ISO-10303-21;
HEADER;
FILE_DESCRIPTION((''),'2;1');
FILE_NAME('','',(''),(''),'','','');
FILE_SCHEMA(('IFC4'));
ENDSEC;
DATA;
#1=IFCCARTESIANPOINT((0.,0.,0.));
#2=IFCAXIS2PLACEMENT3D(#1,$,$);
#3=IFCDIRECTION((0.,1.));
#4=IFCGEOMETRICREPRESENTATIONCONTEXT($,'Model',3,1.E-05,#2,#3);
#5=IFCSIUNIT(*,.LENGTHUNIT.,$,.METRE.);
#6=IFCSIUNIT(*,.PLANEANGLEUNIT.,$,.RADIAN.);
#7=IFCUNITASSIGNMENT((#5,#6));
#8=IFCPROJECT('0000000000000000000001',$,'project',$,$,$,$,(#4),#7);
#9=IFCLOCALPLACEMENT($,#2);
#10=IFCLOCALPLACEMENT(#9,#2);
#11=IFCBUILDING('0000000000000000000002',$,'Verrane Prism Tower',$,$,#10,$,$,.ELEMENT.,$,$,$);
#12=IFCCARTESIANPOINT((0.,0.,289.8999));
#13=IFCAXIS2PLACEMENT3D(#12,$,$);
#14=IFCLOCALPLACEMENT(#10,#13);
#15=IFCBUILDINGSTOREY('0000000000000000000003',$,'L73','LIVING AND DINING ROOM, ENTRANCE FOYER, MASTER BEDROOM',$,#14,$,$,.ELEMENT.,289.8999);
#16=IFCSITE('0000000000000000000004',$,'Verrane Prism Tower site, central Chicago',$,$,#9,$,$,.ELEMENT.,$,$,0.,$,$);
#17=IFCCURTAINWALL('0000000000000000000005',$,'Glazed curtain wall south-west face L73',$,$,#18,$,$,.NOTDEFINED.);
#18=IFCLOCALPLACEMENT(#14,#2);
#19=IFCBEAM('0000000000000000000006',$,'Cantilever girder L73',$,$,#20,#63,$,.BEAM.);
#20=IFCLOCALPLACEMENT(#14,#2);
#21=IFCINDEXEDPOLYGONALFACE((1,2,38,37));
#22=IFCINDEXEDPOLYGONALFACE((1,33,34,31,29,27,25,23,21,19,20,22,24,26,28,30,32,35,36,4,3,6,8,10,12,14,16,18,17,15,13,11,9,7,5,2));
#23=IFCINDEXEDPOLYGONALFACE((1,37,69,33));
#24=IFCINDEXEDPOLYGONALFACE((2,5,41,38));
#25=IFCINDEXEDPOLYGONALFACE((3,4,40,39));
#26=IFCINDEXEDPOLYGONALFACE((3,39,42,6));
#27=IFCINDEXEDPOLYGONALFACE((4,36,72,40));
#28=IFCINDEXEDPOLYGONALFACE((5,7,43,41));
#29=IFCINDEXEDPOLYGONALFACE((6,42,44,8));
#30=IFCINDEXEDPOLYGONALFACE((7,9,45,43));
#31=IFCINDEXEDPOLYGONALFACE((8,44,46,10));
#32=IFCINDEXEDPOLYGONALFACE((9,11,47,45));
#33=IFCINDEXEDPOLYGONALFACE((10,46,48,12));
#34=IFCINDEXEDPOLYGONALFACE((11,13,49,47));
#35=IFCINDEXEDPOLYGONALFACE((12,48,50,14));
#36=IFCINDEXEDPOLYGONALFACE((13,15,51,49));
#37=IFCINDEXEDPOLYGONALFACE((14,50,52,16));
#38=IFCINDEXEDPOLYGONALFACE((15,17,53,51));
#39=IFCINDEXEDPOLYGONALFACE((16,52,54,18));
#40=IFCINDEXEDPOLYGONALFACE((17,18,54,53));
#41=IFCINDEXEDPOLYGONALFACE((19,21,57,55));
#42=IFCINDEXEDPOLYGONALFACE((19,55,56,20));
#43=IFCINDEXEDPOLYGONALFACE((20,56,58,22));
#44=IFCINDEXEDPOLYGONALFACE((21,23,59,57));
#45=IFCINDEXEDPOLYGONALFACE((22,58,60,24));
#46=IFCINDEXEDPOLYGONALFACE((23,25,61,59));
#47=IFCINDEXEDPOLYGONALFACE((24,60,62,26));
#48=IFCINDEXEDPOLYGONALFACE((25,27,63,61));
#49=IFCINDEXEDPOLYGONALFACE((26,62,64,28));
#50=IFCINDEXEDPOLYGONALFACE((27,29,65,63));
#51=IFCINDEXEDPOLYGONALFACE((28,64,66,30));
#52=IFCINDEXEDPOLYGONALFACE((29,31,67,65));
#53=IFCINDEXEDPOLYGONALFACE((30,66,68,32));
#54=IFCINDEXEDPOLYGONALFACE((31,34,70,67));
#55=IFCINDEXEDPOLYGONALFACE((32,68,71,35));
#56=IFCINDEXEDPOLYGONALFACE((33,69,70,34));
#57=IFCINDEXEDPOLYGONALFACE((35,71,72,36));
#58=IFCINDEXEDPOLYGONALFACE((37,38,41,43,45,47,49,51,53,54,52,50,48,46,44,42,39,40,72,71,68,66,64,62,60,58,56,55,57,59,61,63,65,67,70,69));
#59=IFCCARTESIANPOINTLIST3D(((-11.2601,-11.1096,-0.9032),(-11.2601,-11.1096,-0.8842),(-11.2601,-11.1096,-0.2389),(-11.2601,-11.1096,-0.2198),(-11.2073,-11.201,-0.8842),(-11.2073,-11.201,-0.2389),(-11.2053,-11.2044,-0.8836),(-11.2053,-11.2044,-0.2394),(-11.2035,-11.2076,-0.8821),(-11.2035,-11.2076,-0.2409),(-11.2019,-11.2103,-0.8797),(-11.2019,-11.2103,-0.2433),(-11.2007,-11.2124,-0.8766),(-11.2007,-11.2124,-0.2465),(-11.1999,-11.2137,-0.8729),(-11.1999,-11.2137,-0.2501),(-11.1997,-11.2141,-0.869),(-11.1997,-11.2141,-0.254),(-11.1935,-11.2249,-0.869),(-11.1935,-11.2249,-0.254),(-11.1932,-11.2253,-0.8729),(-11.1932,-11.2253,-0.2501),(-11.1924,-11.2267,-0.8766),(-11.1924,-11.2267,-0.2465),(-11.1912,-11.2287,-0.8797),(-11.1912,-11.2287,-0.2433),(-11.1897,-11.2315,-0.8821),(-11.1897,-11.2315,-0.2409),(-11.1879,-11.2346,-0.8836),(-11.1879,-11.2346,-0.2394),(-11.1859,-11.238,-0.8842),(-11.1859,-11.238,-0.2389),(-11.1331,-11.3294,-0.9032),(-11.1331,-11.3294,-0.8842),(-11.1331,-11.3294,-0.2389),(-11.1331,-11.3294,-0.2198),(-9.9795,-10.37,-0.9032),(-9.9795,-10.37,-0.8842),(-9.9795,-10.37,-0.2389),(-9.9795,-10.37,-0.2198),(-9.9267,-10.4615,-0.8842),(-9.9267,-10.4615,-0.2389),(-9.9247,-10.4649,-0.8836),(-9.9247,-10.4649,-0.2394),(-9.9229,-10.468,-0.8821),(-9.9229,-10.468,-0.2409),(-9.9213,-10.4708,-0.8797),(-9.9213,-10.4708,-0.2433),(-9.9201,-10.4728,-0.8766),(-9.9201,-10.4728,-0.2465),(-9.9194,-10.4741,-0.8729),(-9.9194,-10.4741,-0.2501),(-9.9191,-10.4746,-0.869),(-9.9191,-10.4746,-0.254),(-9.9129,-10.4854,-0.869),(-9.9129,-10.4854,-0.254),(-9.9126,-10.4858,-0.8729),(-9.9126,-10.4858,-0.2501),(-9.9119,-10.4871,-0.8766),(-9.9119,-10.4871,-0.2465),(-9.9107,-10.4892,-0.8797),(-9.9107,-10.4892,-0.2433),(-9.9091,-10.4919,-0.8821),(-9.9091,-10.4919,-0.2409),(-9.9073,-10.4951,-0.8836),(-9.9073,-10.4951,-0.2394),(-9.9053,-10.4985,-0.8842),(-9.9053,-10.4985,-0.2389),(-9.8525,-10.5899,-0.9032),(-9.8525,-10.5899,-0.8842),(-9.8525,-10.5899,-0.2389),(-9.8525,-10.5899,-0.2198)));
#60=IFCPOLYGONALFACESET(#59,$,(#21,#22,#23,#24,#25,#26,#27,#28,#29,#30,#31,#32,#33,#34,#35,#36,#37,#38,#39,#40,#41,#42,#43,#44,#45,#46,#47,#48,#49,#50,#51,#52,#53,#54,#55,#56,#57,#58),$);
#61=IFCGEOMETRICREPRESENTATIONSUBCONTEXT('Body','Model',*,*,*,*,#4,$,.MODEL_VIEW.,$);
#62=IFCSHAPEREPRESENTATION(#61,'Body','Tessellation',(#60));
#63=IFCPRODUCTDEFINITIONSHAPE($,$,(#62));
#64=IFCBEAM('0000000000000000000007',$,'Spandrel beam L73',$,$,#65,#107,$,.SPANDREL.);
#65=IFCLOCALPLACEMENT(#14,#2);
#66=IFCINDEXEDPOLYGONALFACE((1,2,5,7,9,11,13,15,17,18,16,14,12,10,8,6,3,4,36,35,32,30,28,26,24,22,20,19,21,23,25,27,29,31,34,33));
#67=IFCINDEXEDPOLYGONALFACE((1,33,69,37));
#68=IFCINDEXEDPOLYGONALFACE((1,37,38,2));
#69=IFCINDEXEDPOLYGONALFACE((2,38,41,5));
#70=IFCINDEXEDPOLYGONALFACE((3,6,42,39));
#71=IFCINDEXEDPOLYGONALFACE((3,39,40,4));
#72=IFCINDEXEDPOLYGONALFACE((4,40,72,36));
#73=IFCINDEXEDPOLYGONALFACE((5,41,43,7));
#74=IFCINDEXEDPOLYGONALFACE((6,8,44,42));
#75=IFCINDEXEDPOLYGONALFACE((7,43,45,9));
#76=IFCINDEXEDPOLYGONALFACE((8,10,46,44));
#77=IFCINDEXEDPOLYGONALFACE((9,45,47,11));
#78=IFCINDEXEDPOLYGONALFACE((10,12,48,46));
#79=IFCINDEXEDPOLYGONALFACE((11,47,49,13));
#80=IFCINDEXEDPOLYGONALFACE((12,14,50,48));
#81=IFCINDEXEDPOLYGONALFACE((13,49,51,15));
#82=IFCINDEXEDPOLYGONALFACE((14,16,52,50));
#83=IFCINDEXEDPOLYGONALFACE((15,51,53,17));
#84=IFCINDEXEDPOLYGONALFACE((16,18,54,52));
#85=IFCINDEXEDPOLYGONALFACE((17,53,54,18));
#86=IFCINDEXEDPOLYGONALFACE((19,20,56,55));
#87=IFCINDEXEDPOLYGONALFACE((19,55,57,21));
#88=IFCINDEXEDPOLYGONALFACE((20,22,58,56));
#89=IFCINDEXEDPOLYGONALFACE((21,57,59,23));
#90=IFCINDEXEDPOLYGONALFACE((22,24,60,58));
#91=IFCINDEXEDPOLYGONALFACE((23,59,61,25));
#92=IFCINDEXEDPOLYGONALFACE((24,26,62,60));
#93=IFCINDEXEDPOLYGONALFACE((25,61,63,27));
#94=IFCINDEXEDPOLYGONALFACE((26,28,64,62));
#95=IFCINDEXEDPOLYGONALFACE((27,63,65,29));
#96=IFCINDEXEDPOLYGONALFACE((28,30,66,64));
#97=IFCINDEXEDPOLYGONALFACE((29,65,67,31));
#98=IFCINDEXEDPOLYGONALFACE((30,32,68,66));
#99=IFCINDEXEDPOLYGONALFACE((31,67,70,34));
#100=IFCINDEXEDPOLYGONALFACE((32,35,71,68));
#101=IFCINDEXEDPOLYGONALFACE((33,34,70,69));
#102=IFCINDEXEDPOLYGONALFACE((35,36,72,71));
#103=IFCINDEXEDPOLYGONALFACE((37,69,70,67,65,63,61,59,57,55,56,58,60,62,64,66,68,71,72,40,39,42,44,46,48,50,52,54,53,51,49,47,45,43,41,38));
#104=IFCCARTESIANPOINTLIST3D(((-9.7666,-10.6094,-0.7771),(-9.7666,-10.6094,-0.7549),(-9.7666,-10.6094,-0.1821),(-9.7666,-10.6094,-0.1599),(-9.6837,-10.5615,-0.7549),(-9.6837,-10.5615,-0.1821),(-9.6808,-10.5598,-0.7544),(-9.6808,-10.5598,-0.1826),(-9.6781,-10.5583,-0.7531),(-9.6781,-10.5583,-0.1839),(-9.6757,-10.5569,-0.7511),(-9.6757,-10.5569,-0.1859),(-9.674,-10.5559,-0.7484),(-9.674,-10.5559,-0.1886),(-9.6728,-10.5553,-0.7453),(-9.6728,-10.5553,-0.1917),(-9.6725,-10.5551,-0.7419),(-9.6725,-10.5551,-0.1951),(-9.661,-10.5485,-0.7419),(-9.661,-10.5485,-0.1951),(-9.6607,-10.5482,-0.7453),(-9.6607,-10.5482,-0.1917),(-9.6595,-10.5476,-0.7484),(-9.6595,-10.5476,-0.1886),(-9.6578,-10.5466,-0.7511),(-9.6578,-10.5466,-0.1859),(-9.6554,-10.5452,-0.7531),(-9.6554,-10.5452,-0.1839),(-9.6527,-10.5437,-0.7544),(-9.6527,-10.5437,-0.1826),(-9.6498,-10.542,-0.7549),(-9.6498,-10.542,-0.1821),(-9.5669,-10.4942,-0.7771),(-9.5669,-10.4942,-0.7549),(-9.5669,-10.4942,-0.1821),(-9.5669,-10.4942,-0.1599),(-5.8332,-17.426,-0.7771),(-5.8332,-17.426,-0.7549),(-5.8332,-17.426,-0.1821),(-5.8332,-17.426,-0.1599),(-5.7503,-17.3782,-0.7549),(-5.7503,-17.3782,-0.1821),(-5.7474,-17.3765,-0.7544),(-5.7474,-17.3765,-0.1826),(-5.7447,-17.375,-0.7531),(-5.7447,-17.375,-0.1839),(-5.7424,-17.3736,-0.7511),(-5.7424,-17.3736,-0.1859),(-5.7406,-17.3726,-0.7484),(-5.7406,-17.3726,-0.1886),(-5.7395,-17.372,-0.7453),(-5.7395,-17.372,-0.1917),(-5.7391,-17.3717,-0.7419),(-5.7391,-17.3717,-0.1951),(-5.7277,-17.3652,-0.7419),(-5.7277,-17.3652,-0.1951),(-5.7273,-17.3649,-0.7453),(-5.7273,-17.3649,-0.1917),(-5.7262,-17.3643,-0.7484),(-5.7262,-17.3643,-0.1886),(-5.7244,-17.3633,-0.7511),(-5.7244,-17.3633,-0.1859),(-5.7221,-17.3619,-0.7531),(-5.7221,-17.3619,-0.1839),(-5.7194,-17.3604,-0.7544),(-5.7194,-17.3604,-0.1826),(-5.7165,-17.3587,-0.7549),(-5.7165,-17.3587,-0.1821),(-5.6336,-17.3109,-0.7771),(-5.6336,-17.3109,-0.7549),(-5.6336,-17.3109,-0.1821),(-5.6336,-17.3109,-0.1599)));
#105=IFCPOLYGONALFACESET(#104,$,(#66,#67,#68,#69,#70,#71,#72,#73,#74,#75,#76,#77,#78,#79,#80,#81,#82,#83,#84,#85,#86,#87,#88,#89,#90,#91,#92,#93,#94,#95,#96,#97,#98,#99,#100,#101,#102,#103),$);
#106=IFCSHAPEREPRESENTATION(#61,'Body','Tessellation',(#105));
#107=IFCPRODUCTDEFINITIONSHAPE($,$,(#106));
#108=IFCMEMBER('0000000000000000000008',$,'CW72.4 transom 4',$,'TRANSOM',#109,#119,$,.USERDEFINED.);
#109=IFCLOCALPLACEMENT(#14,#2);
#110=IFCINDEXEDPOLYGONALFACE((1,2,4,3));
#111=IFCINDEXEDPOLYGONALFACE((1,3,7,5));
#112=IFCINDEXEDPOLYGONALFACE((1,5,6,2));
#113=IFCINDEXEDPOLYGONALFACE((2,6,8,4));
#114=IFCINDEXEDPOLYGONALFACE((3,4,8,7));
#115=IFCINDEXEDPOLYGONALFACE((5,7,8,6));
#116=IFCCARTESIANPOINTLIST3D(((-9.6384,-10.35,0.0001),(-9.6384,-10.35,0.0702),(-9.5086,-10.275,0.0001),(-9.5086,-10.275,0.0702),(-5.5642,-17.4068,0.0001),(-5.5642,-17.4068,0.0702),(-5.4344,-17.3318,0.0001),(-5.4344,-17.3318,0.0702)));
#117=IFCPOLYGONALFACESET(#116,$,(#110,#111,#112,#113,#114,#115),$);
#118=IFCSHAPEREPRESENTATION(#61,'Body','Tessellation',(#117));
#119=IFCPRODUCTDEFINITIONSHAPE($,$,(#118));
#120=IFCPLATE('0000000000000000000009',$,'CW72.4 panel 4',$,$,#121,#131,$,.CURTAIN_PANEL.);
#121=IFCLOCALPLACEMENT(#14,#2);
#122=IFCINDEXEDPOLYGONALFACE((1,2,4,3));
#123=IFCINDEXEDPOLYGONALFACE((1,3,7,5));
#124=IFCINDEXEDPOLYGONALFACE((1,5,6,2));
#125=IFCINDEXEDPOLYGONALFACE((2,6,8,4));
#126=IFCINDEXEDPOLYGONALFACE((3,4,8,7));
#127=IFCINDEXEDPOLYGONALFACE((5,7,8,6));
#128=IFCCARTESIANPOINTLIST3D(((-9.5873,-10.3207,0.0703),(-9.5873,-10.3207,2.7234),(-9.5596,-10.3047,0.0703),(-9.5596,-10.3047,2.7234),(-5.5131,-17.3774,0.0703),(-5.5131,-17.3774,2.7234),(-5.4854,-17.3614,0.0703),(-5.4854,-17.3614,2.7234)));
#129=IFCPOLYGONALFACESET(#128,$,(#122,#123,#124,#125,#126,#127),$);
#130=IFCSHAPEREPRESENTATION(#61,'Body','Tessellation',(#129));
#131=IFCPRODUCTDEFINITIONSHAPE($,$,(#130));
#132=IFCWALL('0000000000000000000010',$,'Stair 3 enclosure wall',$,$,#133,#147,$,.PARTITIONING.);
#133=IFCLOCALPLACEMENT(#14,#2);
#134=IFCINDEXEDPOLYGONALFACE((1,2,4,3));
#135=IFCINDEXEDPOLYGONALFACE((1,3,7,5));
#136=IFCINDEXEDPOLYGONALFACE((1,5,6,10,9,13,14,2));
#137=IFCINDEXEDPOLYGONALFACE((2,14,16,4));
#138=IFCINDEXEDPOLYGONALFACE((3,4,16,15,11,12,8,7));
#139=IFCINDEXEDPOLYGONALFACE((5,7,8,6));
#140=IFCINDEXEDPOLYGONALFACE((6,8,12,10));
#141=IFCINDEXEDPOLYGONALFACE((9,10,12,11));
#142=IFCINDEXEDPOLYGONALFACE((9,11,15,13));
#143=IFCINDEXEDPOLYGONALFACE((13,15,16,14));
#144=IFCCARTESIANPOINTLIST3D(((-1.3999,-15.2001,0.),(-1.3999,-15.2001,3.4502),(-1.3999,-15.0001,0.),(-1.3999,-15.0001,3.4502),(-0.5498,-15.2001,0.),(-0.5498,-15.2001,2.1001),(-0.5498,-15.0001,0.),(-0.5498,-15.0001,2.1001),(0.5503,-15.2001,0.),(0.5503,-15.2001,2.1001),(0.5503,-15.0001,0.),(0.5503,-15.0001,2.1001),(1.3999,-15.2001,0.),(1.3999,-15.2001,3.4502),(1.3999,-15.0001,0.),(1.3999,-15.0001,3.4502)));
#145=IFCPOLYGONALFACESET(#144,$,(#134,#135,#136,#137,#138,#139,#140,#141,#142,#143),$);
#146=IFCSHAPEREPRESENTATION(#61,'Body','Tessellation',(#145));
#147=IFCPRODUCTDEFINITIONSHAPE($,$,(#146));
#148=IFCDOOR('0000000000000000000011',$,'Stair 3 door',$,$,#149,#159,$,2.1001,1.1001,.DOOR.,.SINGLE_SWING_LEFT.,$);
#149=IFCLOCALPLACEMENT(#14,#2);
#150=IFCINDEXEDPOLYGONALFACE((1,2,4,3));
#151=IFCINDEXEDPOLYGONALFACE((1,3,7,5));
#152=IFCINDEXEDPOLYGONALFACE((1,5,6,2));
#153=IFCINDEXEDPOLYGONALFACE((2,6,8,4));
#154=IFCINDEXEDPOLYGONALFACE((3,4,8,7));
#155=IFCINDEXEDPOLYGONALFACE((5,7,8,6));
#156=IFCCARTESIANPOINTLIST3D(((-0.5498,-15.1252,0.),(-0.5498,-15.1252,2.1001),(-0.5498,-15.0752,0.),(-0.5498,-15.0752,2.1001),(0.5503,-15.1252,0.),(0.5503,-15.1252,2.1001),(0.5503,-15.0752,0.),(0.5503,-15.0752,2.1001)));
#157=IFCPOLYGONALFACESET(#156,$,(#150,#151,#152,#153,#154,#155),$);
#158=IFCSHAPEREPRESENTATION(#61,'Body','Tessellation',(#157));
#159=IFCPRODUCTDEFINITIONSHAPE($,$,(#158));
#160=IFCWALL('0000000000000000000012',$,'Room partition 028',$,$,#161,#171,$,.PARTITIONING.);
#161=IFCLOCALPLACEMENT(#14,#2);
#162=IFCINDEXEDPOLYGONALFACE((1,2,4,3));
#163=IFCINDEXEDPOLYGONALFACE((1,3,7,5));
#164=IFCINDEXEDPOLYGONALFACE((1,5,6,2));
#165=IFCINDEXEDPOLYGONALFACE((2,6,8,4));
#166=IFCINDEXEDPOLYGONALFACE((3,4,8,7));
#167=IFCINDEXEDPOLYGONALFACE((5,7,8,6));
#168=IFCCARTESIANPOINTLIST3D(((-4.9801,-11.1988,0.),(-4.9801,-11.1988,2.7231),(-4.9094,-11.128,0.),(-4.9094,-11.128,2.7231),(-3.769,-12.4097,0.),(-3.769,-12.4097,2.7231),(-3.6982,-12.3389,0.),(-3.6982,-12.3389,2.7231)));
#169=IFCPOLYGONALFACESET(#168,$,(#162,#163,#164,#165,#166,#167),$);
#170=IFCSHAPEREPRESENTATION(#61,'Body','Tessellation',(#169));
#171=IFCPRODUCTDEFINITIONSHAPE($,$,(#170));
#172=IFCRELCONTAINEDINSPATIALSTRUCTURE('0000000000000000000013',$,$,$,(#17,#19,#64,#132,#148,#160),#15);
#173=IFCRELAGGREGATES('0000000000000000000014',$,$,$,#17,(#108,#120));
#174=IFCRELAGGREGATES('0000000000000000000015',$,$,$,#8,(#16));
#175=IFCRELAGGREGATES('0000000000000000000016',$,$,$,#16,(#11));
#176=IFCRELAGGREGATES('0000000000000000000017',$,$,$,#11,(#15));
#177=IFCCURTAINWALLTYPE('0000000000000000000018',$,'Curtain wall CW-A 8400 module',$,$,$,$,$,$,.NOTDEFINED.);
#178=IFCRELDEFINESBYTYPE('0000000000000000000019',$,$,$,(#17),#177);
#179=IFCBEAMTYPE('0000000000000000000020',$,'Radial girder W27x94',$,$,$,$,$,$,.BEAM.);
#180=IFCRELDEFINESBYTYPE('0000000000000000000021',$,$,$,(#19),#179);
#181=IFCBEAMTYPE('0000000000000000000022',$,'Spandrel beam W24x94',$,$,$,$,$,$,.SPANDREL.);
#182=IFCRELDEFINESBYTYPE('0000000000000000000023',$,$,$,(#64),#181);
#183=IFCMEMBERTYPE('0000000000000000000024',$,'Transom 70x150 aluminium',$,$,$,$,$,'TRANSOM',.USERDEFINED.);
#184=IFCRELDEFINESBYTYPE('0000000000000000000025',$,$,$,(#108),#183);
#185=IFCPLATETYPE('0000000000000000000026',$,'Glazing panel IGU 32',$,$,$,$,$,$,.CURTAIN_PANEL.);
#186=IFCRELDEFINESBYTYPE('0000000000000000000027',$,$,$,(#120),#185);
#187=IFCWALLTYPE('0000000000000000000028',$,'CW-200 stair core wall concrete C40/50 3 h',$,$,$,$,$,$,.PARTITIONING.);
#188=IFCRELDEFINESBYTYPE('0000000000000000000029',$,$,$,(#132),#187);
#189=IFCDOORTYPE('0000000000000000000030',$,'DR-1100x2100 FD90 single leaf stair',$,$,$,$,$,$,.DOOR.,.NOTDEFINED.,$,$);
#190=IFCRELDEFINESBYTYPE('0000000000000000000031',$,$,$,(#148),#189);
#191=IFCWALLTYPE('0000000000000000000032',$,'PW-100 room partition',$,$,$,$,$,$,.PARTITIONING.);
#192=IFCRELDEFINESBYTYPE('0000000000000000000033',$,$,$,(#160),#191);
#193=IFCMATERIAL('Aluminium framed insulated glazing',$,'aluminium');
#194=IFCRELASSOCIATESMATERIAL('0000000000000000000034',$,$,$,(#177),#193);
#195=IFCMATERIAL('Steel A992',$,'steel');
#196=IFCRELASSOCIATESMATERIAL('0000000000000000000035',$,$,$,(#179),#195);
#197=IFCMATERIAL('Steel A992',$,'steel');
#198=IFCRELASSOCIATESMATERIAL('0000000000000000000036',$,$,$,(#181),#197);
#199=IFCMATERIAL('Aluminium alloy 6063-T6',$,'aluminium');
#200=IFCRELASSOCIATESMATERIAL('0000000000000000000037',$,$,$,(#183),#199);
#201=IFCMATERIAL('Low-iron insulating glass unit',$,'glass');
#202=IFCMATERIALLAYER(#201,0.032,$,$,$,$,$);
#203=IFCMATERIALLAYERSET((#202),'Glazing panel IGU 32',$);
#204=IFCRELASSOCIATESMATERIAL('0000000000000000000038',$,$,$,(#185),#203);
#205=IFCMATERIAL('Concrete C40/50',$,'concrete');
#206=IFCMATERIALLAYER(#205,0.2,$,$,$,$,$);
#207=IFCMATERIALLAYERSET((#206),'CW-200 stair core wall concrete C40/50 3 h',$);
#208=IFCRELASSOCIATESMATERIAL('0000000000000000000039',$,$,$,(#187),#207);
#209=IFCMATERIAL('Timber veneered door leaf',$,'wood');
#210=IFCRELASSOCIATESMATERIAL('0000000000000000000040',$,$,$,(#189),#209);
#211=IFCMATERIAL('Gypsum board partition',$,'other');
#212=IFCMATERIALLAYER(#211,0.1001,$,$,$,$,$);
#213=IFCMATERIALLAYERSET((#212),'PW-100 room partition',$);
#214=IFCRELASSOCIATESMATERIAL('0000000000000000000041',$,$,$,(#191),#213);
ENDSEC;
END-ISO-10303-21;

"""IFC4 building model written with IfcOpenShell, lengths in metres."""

from ifc_helpers import new_model, si_unit, direction, frame, frame_2d, origin, origin_2d, place, context, subcontext, project, spatial, rectangle, i_section, extrude, material, layer, layer_set, material_profile, profile_set, type_object, element, fill, aggregate, save


model = new_model("IFC4")

# Units and contexts
model_context = context("Model", 3, precision=1e-05, world=origin(), true_north=direction((0.0, 1.0)))
body_context = subcontext(model_context, "Body", "Model", "MODEL_VIEW")
ifc_project = project(units=[si_unit("LENGTHUNIT", "METRE"), si_unit("PLANEANGLEUNIT", "RADIAN")], contexts=[model_context])

# Site, building, storey
site_placement = place(None, origin())
site = spatial("IfcSite", under=ifc_project, at=site_placement, Name="Verrane Prism Tower site, central Chicago", CompositionType="ELEMENT", RefElevation=0.0)
building_placement = place(site_placement, origin())
building = spatial("IfcBuilding", under=site, at=building_placement, Name="Verrane Prism Tower", CompositionType="ELEMENT")
storey_placement = place(building_placement, frame((0.0, 0.0, 289.8999)))
storey = spatial("IfcBuildingStorey", under=building, at=storey_placement, Name="L73", Description="LIVING AND DINING ROOM, ENTRANCE FOYER, MASTER BEDROOM", CompositionType="ELEMENT", Elevation=289.8999)

# Curtain wall
ifc_material_1 = material(Name="Aluminium framed insulated glazing", Category="aluminium")
curtain_wall_type = type_object("IfcCurtainWallType", Name="Curtain wall CW-A 8400 module", PredefinedType="NOTDEFINED", material=ifc_material_1)
curtain_wall_placement = place(storey_placement, origin())
curtain_wall = element("IfcCurtainWall", 1, at=curtain_wall_placement, inside=storey, type_object=curtain_wall_type, Name="Glazed curtain wall south-west face L73", PredefinedType="NOTDEFINED")

# Beams
ifc_material_2 = material(Name="Steel A992", Category="steel")
ifc_material_profile_1 = material_profile(ifc_material_2, i_section(OverallWidth=0.2539, OverallDepth=0.6833, WebThickness=0.0125, FlangeThickness=0.019, FilletRadius=0.0151, at=origin_2d()), Name="W27x94")
ifc_profile_set_1 = profile_set([ifc_material_profile_1], Name="Steel A992")
beam_type_1 = type_object("IfcBeamType", Name="Radial girder W27x94", PredefinedType="BEAM", material=ifc_profile_set_1)
beam_1_placement = place(storey_placement, frame((-9.916, -10.48, -0.5615), z_axis=(-0.865968, -0.500099, 0.0), x_axis=(0.500099, -0.865968, 0.0)))
element("IfcBeam", 2, at=beam_1_placement, inside=storey, type_object=beam_type_1, Name="Cantilever girder L73", PredefinedType="BEAM", context=body_context, shape_type="SweptSolid", body=[
    extrude(i_section(OverallWidth=0.2539, OverallDepth=0.6833, WebThickness=0.0125, FlangeThickness=0.019, FilletRadius=0.0151, at=origin_2d()), origin(), (0.0, 0.0, 1.0), 1.4788),
])
ifc_material_3 = material(Name="Steel A992", Category="steel")
ifc_material_profile_2 = material_profile(ifc_material_3, i_section(OverallWidth=0.2305, OverallDepth=0.6172, WebThickness=0.0132, FlangeThickness=0.0222, FilletRadius=0.0129, at=origin_2d()), Name="W24x94")
ifc_profile_set_2 = profile_set([ifc_material_profile_2], Name="Steel A992")
beam_type_2 = type_object("IfcBeamType", Name="Spandrel beam W24x94", PredefinedType="SPANDREL", material=ifc_profile_set_2)
beam_2_placement = place(storey_placement, frame((-9.6667, -10.5518, -0.4685), z_axis=(0.499786, -0.866149, 0.0), x_axis=(0.866149, 0.499786, 0.0)))
element("IfcBeam", 3, at=beam_2_placement, inside=storey, type_object=beam_type_2, Name="Spandrel beam L73", PredefinedType="SPANDREL", context=body_context, shape_type="SweptSolid", body=[
    extrude(i_section(OverallWidth=0.2305, OverallDepth=0.6172, WebThickness=0.0132, FlangeThickness=0.0222, FilletRadius=0.0129, at=origin_2d()), origin(), (0.0, 0.0, 1.0), 7.8701),
])

# Member
ifc_material_4 = material(Name="Aluminium alloy 6063-T6", Category="aluminium")
ifc_material_profile_3 = material_profile(ifc_material_4, rectangle(XDim=0.1499, YDim=0.0701, at=origin_2d()), Name="Transom 70x150 aluminium")
ifc_profile_set_3 = profile_set([ifc_material_profile_3], Name="Aluminium alloy 6063-T6")
member_type_1 = type_object("IfcMemberType", Name="Transom 70x150 aluminium", ElementType="TRANSOM", PredefinedType="USERDEFINED", material=ifc_profile_set_3)
member_1_placement = place(storey_placement, frame((-9.5735, -10.3125, 0.0352), z_axis=(0.499993, -0.866029, 0.0), x_axis=(0.866029, 0.499993, 0.0)))
member_1 = element("IfcMember", 4, at=member_1_placement, type_object=member_type_1, Name="CW72.4 transom 4", ObjectType="TRANSOM", PredefinedType="USERDEFINED", context=body_context, shape_type="SweptSolid", body=[
    extrude(rectangle(XDim=0.1499, YDim=0.0701, at=origin_2d()), origin(), (0.0, 0.0, 1.0), 8.1484),
])

# Plate
ifc_material_5 = material(Name="Low-iron insulating glass unit", Category="glass")
ifc_layer_1 = layer(ifc_material_5, 0.032)
ifc_layer_set_1 = layer_set([ifc_layer_1], Name="Glazing panel IGU 32")
plate_type = type_object("IfcPlateType", Name="Glazing panel IGU 32", PredefinedType="CURTAIN_PANEL", material=ifc_layer_set_1)
plate_placement = place(storey_placement, frame((-7.5364, -13.8411, 0.0703), z_axis=(0.0, 0.0, 1.0), x_axis=(0.500001, -0.866025, 0.0)))
plate = element("IfcPlate", 5, at=plate_placement, type_object=plate_type, Name="CW72.4 panel 4", PredefinedType="CURTAIN_PANEL", context=body_context, shape_type="SweptSolid", body=[
    extrude(rectangle(XDim=8.1484, YDim=0.032, at=origin_2d()), origin(), (0.0, 0.0, 1.0), 2.6531),
])
aggregate(curtain_wall, [member_1, plate])

# Wall, opening, door
ifc_material_6 = material(Name="Concrete C40/50", Category="concrete")
ifc_layer_2 = layer(ifc_material_6, 0.2)
ifc_layer_set_2 = layer_set([ifc_layer_2], Name="CW-200 stair core wall concrete C40/50 3 h")
wall_type_1 = type_object("IfcWallType", Name="CW-200 stair core wall concrete C40/50 3 h", PredefinedType="PARTITIONING", material=ifc_layer_set_2)
wall_1_placement = place(storey_placement, frame((-1.3999, -15.1001, 0.0), z_axis=(0.0, 0.0, 1.0), x_axis=(1.0, 0.0, 0.0)))
wall_1 = element("IfcWall", 6, at=wall_1_placement, inside=storey, type_object=wall_type_1, Name="Stair 3 enclosure wall", PredefinedType="PARTITIONING", context=body_context, shape_type="SweptSolid", body=[
    extrude(rectangle(XDim=2.7998, YDim=0.2, at=frame_2d((1.3999, 0.0))), origin(), (0.0, 0.0, 1.0), 3.4502),
])
opening_1_placement = place(wall_1_placement, frame((0.8501, 0.0, 0.0)))
opening_1 = element("IfcOpeningElement", 7, at=opening_1_placement, cuts=wall_1, PredefinedType="OPENING", context=body_context, shape_type="SweptSolid", body=[
    extrude(rectangle(XDim=1.1001, YDim=2.1001, at=frame_2d((0.55, 1.05))), frame((0.0, 0.1099, 0.0), z_axis=(0.0, -1.0, 0.0), x_axis=(1.0, 0.0, 0.0)), (0.0, 0.0, 1.0), 0.22),
])
ifc_material_7 = material(Name="Timber veneered door leaf", Category="wood")
door_type_1 = type_object("IfcDoorType", Name="DR-1100x2100 FD90 single leaf stair", OperationType="NOTDEFINED", PredefinedType="DOOR", material=ifc_material_7)
door_1_placement = place(opening_1_placement, origin())
door_1 = element("IfcDoor", 8, at=door_1_placement, inside=storey, type_object=door_type_1, Name="Stair 3 door", OperationType="SINGLE_SWING_LEFT", OverallHeight=2.1001, OverallWidth=1.1001, PredefinedType="DOOR", context=body_context, shape_type="SweptSolid", body=[
    extrude(rectangle(XDim=1.1001, YDim=2.1001, at=frame_2d((0.55, 1.05))), frame((0.0, 0.0249, 0.0), z_axis=(0.0, -1.0, 0.0), x_axis=(1.0, 0.0, 0.0)), (0.0, 0.0, 1.0), 0.05),
])
fill(opening_1, door_1)

# Wall
ifc_material_8 = material(Name="Gypsum board partition", Category="other")
ifc_layer_3 = layer(ifc_material_8, 0.1001)
ifc_layer_set_3 = layer_set([ifc_layer_3], Name="PW-100 room partition")
wall_type_2 = type_object("IfcWallType", Name="PW-100 room partition", PredefinedType="PARTITIONING", material=ifc_layer_set_3)
wall_2_placement = place(storey_placement, frame((-4.9448, -11.1633, 0.0), z_axis=(0.0, 0.0, 1.0), x_axis=(0.707178, -0.707036, 0.0)))
element("IfcWall", 9, at=wall_2_placement, inside=storey, type_object=wall_type_2, Name="Room partition 028", PredefinedType="PARTITIONING", context=body_context, shape_type="SweptSolid", body=[
    extrude(rectangle(XDim=1.7126, YDim=0.1001, at=frame_2d((0.8564, 0.0))), origin(), (0.0, 0.0, 1.0), 2.7231),
])

save(model, "model.ifc")
